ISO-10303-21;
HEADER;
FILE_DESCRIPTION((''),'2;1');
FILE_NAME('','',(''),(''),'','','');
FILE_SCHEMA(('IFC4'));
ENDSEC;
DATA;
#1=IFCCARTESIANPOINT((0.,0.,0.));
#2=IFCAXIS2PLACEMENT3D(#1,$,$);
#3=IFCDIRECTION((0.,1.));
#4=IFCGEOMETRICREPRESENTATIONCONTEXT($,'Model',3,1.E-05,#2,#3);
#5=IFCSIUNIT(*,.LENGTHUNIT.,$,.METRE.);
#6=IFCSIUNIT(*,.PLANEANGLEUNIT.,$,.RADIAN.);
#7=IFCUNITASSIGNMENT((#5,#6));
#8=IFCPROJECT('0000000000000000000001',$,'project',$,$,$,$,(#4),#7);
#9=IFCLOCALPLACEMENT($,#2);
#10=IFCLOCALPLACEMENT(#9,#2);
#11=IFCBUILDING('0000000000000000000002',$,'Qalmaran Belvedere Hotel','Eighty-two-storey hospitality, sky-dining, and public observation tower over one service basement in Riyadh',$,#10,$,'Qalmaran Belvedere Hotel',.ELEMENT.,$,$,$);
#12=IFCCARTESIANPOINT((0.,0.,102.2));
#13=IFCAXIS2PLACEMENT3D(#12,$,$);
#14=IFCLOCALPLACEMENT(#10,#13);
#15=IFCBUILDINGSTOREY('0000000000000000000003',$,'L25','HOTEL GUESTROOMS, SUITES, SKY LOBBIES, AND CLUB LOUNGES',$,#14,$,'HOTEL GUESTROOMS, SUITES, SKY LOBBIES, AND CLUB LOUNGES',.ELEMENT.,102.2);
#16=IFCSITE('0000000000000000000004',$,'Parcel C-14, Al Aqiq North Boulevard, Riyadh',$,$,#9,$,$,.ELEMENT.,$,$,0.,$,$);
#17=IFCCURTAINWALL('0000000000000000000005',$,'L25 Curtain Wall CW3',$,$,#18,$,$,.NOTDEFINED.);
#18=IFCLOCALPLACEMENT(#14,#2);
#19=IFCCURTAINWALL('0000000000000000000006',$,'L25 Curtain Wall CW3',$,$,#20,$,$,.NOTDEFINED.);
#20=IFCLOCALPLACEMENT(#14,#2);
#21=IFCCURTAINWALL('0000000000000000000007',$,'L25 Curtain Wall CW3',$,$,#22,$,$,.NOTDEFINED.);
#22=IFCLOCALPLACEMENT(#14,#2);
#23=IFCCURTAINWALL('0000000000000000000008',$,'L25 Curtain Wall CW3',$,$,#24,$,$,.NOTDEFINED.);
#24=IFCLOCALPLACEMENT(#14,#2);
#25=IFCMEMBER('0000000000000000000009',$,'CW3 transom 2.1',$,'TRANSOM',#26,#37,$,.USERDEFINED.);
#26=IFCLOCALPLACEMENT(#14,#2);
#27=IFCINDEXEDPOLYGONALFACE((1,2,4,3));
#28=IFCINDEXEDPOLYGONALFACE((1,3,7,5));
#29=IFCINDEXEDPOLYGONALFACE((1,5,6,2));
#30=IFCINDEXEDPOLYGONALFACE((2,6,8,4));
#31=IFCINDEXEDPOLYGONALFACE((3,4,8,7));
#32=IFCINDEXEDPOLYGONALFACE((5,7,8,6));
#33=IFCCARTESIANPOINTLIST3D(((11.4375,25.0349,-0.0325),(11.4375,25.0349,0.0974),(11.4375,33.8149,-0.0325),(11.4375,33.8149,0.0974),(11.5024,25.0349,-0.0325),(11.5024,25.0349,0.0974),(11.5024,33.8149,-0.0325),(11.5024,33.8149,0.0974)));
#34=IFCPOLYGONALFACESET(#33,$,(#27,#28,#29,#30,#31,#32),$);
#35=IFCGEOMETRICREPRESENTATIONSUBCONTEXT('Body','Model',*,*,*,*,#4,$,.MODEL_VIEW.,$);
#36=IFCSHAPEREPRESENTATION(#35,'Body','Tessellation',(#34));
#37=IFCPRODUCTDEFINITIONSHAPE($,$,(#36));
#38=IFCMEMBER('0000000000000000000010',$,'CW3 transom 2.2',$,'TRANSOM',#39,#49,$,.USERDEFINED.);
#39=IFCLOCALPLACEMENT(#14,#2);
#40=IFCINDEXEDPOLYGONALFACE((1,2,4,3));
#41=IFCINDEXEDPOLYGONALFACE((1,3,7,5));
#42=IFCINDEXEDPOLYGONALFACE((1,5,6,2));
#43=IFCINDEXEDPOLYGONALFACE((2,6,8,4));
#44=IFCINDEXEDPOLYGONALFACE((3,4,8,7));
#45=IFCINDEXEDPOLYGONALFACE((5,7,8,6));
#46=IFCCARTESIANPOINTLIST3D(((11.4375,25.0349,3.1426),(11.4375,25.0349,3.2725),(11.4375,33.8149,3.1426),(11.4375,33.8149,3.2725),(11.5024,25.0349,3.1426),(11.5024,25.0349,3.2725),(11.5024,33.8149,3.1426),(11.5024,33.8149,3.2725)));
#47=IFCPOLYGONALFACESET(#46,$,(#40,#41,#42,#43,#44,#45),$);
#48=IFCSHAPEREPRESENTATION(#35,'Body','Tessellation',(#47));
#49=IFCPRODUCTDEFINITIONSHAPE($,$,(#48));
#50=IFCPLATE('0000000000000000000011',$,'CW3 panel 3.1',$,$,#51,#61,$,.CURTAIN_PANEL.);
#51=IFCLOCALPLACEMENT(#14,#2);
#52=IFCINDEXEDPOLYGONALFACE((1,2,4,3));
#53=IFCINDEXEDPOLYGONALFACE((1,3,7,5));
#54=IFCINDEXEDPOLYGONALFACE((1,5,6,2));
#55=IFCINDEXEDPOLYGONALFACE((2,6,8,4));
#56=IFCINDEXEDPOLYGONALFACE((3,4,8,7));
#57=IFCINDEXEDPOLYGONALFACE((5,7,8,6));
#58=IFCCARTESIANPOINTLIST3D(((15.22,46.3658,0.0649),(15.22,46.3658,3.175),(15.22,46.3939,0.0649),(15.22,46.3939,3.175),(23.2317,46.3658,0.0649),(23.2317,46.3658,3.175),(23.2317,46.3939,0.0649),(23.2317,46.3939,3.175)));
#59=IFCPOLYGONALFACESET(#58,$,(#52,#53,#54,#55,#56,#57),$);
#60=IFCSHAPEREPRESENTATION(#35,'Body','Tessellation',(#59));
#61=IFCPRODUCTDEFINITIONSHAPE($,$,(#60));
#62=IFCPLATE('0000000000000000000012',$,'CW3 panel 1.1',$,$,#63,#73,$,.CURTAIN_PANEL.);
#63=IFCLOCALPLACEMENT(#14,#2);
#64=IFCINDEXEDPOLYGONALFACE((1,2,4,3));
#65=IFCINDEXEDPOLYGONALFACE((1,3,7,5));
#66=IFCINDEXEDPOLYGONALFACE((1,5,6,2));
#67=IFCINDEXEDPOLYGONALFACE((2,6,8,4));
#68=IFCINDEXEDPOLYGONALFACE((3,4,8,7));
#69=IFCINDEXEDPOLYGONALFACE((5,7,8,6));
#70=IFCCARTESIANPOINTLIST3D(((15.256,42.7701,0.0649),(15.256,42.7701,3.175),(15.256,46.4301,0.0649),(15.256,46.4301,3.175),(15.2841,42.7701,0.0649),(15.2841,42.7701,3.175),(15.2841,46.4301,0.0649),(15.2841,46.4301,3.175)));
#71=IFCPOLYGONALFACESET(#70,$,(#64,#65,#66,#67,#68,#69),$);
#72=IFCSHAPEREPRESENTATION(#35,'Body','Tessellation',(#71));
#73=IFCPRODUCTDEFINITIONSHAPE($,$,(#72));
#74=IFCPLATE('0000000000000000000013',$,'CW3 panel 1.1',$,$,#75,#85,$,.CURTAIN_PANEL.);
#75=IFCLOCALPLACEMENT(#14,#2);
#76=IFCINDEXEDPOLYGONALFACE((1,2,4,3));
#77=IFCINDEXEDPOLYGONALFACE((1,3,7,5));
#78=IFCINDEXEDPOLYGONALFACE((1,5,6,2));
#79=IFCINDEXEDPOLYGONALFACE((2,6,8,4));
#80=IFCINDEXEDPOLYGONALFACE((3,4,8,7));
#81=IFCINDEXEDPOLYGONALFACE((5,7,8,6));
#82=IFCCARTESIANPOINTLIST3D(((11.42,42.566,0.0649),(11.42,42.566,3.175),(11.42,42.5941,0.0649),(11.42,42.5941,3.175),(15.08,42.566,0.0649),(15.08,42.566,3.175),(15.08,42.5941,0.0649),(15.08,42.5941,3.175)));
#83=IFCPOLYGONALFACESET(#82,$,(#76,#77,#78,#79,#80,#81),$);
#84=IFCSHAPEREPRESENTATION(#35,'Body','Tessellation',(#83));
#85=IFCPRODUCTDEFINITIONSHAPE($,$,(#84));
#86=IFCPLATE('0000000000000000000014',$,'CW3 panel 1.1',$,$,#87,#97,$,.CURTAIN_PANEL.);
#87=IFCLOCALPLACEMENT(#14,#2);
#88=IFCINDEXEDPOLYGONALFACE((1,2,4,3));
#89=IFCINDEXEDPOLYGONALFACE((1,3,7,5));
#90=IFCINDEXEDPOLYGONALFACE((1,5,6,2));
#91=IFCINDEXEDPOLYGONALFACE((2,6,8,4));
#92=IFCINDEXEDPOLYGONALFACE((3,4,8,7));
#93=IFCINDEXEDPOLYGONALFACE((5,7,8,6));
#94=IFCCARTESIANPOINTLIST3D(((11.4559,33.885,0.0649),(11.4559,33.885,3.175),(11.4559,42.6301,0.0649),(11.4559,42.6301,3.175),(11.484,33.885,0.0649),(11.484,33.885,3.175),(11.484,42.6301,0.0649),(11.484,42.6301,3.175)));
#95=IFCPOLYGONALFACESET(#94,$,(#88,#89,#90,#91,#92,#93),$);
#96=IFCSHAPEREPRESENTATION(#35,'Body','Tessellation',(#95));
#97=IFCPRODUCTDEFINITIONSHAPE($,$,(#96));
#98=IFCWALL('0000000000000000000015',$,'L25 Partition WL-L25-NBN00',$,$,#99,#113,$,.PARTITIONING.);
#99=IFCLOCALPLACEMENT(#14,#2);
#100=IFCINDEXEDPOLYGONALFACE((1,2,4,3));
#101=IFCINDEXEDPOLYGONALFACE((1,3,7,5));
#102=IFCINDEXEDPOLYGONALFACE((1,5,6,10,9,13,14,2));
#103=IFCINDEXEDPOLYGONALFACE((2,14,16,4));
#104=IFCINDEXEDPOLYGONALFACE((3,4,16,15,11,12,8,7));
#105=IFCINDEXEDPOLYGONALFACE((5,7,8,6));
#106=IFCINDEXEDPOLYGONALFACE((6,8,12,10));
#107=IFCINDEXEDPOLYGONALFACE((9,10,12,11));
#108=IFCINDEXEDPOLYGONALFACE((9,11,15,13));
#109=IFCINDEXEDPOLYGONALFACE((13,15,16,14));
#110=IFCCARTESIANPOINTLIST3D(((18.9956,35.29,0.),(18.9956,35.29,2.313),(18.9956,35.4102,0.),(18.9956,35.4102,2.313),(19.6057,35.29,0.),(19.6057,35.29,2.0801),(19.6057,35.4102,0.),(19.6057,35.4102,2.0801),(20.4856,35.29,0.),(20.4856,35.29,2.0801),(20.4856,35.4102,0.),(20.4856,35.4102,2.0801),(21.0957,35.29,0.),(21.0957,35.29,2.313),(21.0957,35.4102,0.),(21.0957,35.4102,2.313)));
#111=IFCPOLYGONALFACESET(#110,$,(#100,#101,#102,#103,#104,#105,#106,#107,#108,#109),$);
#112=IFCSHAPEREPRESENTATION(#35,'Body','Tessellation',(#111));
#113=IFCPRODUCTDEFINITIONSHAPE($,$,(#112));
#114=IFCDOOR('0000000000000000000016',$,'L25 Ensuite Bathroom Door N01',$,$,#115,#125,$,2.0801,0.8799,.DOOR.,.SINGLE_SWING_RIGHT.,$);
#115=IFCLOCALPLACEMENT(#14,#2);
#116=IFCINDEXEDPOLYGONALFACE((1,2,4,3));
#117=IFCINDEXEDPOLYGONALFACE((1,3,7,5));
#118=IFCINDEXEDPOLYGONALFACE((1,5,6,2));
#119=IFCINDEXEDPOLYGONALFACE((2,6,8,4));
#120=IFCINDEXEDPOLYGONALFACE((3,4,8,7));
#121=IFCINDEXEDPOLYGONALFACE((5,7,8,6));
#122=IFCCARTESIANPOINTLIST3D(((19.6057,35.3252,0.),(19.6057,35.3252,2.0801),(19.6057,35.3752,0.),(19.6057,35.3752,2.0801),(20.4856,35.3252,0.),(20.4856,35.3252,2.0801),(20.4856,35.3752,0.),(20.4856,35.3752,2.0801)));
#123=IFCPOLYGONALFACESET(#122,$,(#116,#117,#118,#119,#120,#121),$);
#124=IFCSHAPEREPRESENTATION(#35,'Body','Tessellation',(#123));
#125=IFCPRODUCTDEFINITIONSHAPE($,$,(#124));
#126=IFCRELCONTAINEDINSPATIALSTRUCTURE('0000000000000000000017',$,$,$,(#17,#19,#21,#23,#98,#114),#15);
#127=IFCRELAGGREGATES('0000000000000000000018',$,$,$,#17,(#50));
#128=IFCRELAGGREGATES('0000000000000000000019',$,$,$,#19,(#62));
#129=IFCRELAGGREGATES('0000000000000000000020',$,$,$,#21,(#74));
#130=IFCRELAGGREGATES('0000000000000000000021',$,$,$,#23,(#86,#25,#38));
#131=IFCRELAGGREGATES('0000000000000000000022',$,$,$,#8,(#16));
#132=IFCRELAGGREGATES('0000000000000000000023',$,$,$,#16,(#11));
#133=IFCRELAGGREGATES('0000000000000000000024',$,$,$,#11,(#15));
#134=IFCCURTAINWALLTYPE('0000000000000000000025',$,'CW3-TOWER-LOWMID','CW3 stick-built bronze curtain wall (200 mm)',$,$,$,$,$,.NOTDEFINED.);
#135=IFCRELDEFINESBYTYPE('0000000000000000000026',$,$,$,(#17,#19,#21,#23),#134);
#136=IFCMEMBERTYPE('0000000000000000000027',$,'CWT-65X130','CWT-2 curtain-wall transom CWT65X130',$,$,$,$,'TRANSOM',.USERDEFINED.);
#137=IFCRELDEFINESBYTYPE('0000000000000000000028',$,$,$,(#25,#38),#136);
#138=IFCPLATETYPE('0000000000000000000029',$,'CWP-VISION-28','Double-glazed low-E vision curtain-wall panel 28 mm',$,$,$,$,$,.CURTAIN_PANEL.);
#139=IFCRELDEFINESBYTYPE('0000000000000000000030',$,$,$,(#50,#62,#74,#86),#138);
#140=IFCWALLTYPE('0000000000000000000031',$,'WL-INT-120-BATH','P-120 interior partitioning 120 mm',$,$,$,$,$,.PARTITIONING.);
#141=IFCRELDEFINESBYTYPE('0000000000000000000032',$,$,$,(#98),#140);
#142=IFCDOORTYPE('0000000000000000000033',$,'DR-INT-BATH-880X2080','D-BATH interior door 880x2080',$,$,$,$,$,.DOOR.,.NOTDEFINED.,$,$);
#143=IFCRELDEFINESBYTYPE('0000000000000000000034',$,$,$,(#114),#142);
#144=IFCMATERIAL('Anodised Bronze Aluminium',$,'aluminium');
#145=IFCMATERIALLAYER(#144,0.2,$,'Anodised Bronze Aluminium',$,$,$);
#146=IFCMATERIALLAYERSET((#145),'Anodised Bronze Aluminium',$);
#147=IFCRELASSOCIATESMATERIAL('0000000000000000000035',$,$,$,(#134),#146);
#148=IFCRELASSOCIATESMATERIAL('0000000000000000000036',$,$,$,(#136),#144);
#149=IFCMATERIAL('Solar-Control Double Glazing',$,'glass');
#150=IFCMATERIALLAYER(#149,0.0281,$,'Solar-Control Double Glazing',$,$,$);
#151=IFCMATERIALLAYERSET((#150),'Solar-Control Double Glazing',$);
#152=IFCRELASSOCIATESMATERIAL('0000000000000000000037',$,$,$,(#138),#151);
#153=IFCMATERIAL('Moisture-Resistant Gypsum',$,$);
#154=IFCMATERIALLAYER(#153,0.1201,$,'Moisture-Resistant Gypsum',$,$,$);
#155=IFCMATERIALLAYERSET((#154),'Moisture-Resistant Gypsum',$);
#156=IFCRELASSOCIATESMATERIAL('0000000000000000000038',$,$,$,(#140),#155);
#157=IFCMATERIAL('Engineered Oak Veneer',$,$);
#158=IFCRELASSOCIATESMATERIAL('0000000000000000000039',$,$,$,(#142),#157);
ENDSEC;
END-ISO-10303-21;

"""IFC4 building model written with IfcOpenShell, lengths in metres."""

from ifc_helpers import new_model, si_unit, direction, frame, frame_2d, origin, origin_2d, place, context, subcontext, project, spatial, rectangle, extrude, material, layer, layer_set, material_profile, profile_set, type_object, element, fill, aggregate, save


model = new_model("IFC4")

# Units and contexts
model_context = context("Model", 3, precision=1e-05, world=origin(), true_north=direction((0.0, 1.0)))
body_context = subcontext(model_context, "Body", "Model", "MODEL_VIEW")
ifc_project = project(units=[si_unit("LENGTHUNIT", "METRE"), si_unit("PLANEANGLEUNIT", "RADIAN")], contexts=[model_context])

# Site, building, storey
site_placement = place(None, origin())
site = spatial("IfcSite", under=ifc_project, at=site_placement, Name="Parcel C-14, Al Aqiq North Boulevard, Riyadh", CompositionType="ELEMENT", RefElevation=0.0)
building_placement = place(site_placement, origin())
building = spatial("IfcBuilding", under=site, at=building_placement, Name="Qalmaran Belvedere Hotel", Description="Eighty-two-storey hospitality, sky-dining, and public observation tower over one service basement in Riyadh", LongName="Qalmaran Belvedere Hotel", CompositionType="ELEMENT")
storey_placement = place(building_placement, frame((0.0, 0.0, 102.2)))
storey = spatial("IfcBuildingStorey", under=building, at=storey_placement, Name="L25", Description="HOTEL GUESTROOMS, SUITES, SKY LOBBIES, AND CLUB LOUNGES", LongName="HOTEL GUESTROOMS, SUITES, SKY LOBBIES, AND CLUB LOUNGES", CompositionType="ELEMENT", Elevation=102.2)

# Curtain wall
ifc_material_1 = material(Name="Anodised Bronze Aluminium", Category="aluminium")
ifc_layer_1 = layer(ifc_material_1, 0.2, Name="Anodised Bronze Aluminium")
ifc_layer_set_1 = layer_set([ifc_layer_1], Name="Anodised Bronze Aluminium")
curtain_wall_type = type_object("IfcCurtainWallType", Name="CW3-TOWER-LOWMID", Description="CW3 stick-built bronze curtain wall (200 mm)", PredefinedType="NOTDEFINED", material=ifc_layer_set_1)
curtain_wall_1_placement = place(storey_placement, origin())
curtain_wall_1 = element("IfcCurtainWall", 1, at=curtain_wall_1_placement, inside=storey, type_object=curtain_wall_type, Name="L25 Curtain Wall CW3", PredefinedType="NOTDEFINED")

# Curtain walls
curtain_wall_2_placement = place(storey_placement, origin())
curtain_wall_2 = element("IfcCurtainWall", 2, at=curtain_wall_2_placement, inside=storey, type_object=curtain_wall_type, Name="L25 Curtain Wall CW3", PredefinedType="NOTDEFINED")
curtain_wall_3_placement = place(storey_placement, origin())
curtain_wall_3 = element("IfcCurtainWall", 3, at=curtain_wall_3_placement, inside=storey, type_object=curtain_wall_type, Name="L25 Curtain Wall CW3", PredefinedType="NOTDEFINED")
curtain_wall_4_placement = place(storey_placement, origin())
curtain_wall_4 = element("IfcCurtainWall", 4, at=curtain_wall_4_placement, inside=storey, type_object=curtain_wall_type, Name="L25 Curtain Wall CW3", PredefinedType="NOTDEFINED")

# Members
ifc_material_profile_1 = material_profile(ifc_material_1, rectangle(XDim=0.0649, YDim=0.1299, at=origin_2d()), Name="CWT65X130")
ifc_profile_set_1 = profile_set([ifc_material_profile_1], Name="Anodised Bronze Aluminium")
member_type_1 = type_object("IfcMemberType", Name="CWT-65X130", Description="CWT-2 curtain-wall transom CWT65X130", ElementType="TRANSOM", PredefinedType="USERDEFINED", material=ifc_profile_set_1)
member_1_placement = place(storey_placement, frame((11.47, 33.8149, 0.0325), z_axis=(0.0, -1.0, 0.0), x_axis=(1.0, 0.0, 0.0)))
member_1 = element("IfcMember", 5, at=member_1_placement, type_object=member_type_1, Name="CW3 transom 2.1", ObjectType="TRANSOM", PredefinedType="USERDEFINED", context=body_context, shape_type="SweptSolid", body=[
    extrude(rectangle(XDim=0.0649, YDim=0.1299, at=origin_2d()), origin(), (0.0, 0.0, 1.0), 8.78),
])
member_2_placement = place(storey_placement, frame((11.47, 33.8149, 3.2075), z_axis=(0.0, -1.0, 0.0), x_axis=(1.0, 0.0, 0.0)))
member_2 = element("IfcMember", 6, at=member_2_placement, type_object=member_type_1, Name="CW3 transom 2.2", ObjectType="TRANSOM", PredefinedType="USERDEFINED", context=body_context, shape_type="SweptSolid", body=[
    extrude(rectangle(XDim=0.0649, YDim=0.1299, at=origin_2d()), origin(), (0.0, 0.0, 1.0), 8.78),
])

# Plates
ifc_material_2 = material(Name="Solar-Control Double Glazing", Category="glass")
ifc_layer_2 = layer(ifc_material_2, 0.0281, Name="Solar-Control Double Glazing")
ifc_layer_set_2 = layer_set([ifc_layer_2], Name="Solar-Control Double Glazing")
plate_type = type_object("IfcPlateType", Name="CWP-VISION-28", Description="Double-glazed low-E vision curtain-wall panel 28 mm", PredefinedType="CURTAIN_PANEL", material=ifc_layer_set_2)
plate_1_placement = place(storey_placement, frame((19.2258, 46.3799, 0.0649), z_axis=(0.0, 0.0, 1.0), x_axis=(-1.0, 0.0, 0.0)))
plate_1 = element("IfcPlate", 7, at=plate_1_placement, type_object=plate_type, Name="CW3 panel 3.1", PredefinedType="CURTAIN_PANEL", context=body_context, shape_type="SweptSolid", body=[
    extrude(rectangle(XDim=8.0117, YDim=0.0281, at=origin_2d()), origin(), (0.0, 0.0, 1.0), 3.1101),
])
aggregate(curtain_wall_1, [plate_1])
plate_2_placement = place(storey_placement, frame((15.27, 44.6001, 0.0649), z_axis=(0.0, 0.0, 1.0), x_axis=(0.0, -1.0, 0.0)))
plate_2 = element("IfcPlate", 8, at=plate_2_placement, type_object=plate_type, Name="CW3 panel 1.1", PredefinedType="CURTAIN_PANEL", context=body_context, shape_type="SweptSolid", body=[
    extrude(rectangle(XDim=3.6599, YDim=0.0281, at=origin_2d()), origin(), (0.0, 0.0, 1.0), 3.1101),
])
aggregate(curtain_wall_2, [plate_2])
plate_3_placement = place(storey_placement, frame((13.25, 42.5801, 0.0649), z_axis=(0.0, 0.0, 1.0), x_axis=(-1.0, 0.0, 0.0)))
plate_3 = element("IfcPlate", 9, at=plate_3_placement, type_object=plate_type, Name="CW3 panel 1.1", PredefinedType="CURTAIN_PANEL", context=body_context, shape_type="SweptSolid", body=[
    extrude(rectangle(XDim=3.6599, YDim=0.0281, at=origin_2d()), origin(), (0.0, 0.0, 1.0), 3.1101),
])
aggregate(curtain_wall_3, [plate_3])
plate_4_placement = place(storey_placement, frame((11.47, 38.2576, 0.0649), z_axis=(0.0, 0.0, 1.0), x_axis=(0.0, -1.0, 0.0)))
plate_4 = element("IfcPlate", 10, at=plate_4_placement, type_object=plate_type, Name="CW3 panel 1.1", PredefinedType="CURTAIN_PANEL", context=body_context, shape_type="SweptSolid", body=[
    extrude(rectangle(XDim=8.7451, YDim=0.0281, at=origin_2d()), origin(), (0.0, 0.0, 1.0), 3.1101),
])
aggregate(curtain_wall_4, [plate_4, member_1, member_2])

# Wall, opening, door
ifc_material_3 = material(Name="Moisture-Resistant Gypsum")
ifc_layer_3 = layer(ifc_material_3, 0.1201, Name="Moisture-Resistant Gypsum")
ifc_layer_set_3 = layer_set([ifc_layer_3], Name="Moisture-Resistant Gypsum")
wall_type = type_object("IfcWallType", Name="WL-INT-120-BATH", Description="P-120 interior partitioning 120 mm", PredefinedType="PARTITIONING", material=ifc_layer_set_3)
wall_placement = place(storey_placement, frame((18.9956, 35.3501, 0.0), z_axis=(0.0, 0.0, 1.0), x_axis=(1.0, 0.0, 0.0)))
wall = element("IfcWall", 11, at=wall_placement, inside=storey, type_object=wall_type, Name="L25 Partition WL-L25-NBN00", PredefinedType="PARTITIONING", context=body_context, shape_type="SweptSolid", body=[
    extrude(rectangle(XDim=2.1001, YDim=0.1201, at=frame_2d((1.05, 0.0))), origin(), (0.0, 0.0, 1.0), 2.313),
])
opening_placement = place(wall_placement, frame((1.49, 0.0, 0.0), z_axis=(0.0, 0.0, 1.0), x_axis=(-1.0, 0.0, 0.0)))
opening = element("IfcOpeningElement", 12, at=opening_placement, cuts=wall, PredefinedType="OPENING", context=body_context, shape_type="SweptSolid", body=[
    extrude(rectangle(XDim=0.8799, YDim=2.0801, at=frame_2d((0.4399, 1.04))), frame((0.0, 0.0701, 0.0), z_axis=(0.0, -1.0, 0.0), x_axis=(1.0, 0.0, 0.0)), (0.0, 0.0, 1.0), 0.1401),
])
ifc_material_4 = material(Name="Engineered Oak Veneer")
door_type = type_object("IfcDoorType", Name="DR-INT-BATH-880X2080", Description="D-BATH interior door 880x2080", OperationType="NOTDEFINED", PredefinedType="DOOR", material=ifc_material_4)
door_placement = place(opening_placement, origin())
door = element("IfcDoor", 13, at=door_placement, inside=storey, type_object=door_type, Name="L25 Ensuite Bathroom Door N01", OperationType="SINGLE_SWING_RIGHT", OverallHeight=2.0801, OverallWidth=0.8799, PredefinedType="DOOR", context=body_context, shape_type="SweptSolid", body=[
    extrude(rectangle(XDim=0.8799, YDim=2.0801, at=frame_2d((0.4399, 1.04))), frame((0.0, 0.0249, 0.0), z_axis=(0.0, -1.0, 0.0), x_axis=(1.0, 0.0, 0.0)), (0.0, 0.0, 1.0), 0.05),
])
fill(opening, door)

save(model, "model.ifc")
